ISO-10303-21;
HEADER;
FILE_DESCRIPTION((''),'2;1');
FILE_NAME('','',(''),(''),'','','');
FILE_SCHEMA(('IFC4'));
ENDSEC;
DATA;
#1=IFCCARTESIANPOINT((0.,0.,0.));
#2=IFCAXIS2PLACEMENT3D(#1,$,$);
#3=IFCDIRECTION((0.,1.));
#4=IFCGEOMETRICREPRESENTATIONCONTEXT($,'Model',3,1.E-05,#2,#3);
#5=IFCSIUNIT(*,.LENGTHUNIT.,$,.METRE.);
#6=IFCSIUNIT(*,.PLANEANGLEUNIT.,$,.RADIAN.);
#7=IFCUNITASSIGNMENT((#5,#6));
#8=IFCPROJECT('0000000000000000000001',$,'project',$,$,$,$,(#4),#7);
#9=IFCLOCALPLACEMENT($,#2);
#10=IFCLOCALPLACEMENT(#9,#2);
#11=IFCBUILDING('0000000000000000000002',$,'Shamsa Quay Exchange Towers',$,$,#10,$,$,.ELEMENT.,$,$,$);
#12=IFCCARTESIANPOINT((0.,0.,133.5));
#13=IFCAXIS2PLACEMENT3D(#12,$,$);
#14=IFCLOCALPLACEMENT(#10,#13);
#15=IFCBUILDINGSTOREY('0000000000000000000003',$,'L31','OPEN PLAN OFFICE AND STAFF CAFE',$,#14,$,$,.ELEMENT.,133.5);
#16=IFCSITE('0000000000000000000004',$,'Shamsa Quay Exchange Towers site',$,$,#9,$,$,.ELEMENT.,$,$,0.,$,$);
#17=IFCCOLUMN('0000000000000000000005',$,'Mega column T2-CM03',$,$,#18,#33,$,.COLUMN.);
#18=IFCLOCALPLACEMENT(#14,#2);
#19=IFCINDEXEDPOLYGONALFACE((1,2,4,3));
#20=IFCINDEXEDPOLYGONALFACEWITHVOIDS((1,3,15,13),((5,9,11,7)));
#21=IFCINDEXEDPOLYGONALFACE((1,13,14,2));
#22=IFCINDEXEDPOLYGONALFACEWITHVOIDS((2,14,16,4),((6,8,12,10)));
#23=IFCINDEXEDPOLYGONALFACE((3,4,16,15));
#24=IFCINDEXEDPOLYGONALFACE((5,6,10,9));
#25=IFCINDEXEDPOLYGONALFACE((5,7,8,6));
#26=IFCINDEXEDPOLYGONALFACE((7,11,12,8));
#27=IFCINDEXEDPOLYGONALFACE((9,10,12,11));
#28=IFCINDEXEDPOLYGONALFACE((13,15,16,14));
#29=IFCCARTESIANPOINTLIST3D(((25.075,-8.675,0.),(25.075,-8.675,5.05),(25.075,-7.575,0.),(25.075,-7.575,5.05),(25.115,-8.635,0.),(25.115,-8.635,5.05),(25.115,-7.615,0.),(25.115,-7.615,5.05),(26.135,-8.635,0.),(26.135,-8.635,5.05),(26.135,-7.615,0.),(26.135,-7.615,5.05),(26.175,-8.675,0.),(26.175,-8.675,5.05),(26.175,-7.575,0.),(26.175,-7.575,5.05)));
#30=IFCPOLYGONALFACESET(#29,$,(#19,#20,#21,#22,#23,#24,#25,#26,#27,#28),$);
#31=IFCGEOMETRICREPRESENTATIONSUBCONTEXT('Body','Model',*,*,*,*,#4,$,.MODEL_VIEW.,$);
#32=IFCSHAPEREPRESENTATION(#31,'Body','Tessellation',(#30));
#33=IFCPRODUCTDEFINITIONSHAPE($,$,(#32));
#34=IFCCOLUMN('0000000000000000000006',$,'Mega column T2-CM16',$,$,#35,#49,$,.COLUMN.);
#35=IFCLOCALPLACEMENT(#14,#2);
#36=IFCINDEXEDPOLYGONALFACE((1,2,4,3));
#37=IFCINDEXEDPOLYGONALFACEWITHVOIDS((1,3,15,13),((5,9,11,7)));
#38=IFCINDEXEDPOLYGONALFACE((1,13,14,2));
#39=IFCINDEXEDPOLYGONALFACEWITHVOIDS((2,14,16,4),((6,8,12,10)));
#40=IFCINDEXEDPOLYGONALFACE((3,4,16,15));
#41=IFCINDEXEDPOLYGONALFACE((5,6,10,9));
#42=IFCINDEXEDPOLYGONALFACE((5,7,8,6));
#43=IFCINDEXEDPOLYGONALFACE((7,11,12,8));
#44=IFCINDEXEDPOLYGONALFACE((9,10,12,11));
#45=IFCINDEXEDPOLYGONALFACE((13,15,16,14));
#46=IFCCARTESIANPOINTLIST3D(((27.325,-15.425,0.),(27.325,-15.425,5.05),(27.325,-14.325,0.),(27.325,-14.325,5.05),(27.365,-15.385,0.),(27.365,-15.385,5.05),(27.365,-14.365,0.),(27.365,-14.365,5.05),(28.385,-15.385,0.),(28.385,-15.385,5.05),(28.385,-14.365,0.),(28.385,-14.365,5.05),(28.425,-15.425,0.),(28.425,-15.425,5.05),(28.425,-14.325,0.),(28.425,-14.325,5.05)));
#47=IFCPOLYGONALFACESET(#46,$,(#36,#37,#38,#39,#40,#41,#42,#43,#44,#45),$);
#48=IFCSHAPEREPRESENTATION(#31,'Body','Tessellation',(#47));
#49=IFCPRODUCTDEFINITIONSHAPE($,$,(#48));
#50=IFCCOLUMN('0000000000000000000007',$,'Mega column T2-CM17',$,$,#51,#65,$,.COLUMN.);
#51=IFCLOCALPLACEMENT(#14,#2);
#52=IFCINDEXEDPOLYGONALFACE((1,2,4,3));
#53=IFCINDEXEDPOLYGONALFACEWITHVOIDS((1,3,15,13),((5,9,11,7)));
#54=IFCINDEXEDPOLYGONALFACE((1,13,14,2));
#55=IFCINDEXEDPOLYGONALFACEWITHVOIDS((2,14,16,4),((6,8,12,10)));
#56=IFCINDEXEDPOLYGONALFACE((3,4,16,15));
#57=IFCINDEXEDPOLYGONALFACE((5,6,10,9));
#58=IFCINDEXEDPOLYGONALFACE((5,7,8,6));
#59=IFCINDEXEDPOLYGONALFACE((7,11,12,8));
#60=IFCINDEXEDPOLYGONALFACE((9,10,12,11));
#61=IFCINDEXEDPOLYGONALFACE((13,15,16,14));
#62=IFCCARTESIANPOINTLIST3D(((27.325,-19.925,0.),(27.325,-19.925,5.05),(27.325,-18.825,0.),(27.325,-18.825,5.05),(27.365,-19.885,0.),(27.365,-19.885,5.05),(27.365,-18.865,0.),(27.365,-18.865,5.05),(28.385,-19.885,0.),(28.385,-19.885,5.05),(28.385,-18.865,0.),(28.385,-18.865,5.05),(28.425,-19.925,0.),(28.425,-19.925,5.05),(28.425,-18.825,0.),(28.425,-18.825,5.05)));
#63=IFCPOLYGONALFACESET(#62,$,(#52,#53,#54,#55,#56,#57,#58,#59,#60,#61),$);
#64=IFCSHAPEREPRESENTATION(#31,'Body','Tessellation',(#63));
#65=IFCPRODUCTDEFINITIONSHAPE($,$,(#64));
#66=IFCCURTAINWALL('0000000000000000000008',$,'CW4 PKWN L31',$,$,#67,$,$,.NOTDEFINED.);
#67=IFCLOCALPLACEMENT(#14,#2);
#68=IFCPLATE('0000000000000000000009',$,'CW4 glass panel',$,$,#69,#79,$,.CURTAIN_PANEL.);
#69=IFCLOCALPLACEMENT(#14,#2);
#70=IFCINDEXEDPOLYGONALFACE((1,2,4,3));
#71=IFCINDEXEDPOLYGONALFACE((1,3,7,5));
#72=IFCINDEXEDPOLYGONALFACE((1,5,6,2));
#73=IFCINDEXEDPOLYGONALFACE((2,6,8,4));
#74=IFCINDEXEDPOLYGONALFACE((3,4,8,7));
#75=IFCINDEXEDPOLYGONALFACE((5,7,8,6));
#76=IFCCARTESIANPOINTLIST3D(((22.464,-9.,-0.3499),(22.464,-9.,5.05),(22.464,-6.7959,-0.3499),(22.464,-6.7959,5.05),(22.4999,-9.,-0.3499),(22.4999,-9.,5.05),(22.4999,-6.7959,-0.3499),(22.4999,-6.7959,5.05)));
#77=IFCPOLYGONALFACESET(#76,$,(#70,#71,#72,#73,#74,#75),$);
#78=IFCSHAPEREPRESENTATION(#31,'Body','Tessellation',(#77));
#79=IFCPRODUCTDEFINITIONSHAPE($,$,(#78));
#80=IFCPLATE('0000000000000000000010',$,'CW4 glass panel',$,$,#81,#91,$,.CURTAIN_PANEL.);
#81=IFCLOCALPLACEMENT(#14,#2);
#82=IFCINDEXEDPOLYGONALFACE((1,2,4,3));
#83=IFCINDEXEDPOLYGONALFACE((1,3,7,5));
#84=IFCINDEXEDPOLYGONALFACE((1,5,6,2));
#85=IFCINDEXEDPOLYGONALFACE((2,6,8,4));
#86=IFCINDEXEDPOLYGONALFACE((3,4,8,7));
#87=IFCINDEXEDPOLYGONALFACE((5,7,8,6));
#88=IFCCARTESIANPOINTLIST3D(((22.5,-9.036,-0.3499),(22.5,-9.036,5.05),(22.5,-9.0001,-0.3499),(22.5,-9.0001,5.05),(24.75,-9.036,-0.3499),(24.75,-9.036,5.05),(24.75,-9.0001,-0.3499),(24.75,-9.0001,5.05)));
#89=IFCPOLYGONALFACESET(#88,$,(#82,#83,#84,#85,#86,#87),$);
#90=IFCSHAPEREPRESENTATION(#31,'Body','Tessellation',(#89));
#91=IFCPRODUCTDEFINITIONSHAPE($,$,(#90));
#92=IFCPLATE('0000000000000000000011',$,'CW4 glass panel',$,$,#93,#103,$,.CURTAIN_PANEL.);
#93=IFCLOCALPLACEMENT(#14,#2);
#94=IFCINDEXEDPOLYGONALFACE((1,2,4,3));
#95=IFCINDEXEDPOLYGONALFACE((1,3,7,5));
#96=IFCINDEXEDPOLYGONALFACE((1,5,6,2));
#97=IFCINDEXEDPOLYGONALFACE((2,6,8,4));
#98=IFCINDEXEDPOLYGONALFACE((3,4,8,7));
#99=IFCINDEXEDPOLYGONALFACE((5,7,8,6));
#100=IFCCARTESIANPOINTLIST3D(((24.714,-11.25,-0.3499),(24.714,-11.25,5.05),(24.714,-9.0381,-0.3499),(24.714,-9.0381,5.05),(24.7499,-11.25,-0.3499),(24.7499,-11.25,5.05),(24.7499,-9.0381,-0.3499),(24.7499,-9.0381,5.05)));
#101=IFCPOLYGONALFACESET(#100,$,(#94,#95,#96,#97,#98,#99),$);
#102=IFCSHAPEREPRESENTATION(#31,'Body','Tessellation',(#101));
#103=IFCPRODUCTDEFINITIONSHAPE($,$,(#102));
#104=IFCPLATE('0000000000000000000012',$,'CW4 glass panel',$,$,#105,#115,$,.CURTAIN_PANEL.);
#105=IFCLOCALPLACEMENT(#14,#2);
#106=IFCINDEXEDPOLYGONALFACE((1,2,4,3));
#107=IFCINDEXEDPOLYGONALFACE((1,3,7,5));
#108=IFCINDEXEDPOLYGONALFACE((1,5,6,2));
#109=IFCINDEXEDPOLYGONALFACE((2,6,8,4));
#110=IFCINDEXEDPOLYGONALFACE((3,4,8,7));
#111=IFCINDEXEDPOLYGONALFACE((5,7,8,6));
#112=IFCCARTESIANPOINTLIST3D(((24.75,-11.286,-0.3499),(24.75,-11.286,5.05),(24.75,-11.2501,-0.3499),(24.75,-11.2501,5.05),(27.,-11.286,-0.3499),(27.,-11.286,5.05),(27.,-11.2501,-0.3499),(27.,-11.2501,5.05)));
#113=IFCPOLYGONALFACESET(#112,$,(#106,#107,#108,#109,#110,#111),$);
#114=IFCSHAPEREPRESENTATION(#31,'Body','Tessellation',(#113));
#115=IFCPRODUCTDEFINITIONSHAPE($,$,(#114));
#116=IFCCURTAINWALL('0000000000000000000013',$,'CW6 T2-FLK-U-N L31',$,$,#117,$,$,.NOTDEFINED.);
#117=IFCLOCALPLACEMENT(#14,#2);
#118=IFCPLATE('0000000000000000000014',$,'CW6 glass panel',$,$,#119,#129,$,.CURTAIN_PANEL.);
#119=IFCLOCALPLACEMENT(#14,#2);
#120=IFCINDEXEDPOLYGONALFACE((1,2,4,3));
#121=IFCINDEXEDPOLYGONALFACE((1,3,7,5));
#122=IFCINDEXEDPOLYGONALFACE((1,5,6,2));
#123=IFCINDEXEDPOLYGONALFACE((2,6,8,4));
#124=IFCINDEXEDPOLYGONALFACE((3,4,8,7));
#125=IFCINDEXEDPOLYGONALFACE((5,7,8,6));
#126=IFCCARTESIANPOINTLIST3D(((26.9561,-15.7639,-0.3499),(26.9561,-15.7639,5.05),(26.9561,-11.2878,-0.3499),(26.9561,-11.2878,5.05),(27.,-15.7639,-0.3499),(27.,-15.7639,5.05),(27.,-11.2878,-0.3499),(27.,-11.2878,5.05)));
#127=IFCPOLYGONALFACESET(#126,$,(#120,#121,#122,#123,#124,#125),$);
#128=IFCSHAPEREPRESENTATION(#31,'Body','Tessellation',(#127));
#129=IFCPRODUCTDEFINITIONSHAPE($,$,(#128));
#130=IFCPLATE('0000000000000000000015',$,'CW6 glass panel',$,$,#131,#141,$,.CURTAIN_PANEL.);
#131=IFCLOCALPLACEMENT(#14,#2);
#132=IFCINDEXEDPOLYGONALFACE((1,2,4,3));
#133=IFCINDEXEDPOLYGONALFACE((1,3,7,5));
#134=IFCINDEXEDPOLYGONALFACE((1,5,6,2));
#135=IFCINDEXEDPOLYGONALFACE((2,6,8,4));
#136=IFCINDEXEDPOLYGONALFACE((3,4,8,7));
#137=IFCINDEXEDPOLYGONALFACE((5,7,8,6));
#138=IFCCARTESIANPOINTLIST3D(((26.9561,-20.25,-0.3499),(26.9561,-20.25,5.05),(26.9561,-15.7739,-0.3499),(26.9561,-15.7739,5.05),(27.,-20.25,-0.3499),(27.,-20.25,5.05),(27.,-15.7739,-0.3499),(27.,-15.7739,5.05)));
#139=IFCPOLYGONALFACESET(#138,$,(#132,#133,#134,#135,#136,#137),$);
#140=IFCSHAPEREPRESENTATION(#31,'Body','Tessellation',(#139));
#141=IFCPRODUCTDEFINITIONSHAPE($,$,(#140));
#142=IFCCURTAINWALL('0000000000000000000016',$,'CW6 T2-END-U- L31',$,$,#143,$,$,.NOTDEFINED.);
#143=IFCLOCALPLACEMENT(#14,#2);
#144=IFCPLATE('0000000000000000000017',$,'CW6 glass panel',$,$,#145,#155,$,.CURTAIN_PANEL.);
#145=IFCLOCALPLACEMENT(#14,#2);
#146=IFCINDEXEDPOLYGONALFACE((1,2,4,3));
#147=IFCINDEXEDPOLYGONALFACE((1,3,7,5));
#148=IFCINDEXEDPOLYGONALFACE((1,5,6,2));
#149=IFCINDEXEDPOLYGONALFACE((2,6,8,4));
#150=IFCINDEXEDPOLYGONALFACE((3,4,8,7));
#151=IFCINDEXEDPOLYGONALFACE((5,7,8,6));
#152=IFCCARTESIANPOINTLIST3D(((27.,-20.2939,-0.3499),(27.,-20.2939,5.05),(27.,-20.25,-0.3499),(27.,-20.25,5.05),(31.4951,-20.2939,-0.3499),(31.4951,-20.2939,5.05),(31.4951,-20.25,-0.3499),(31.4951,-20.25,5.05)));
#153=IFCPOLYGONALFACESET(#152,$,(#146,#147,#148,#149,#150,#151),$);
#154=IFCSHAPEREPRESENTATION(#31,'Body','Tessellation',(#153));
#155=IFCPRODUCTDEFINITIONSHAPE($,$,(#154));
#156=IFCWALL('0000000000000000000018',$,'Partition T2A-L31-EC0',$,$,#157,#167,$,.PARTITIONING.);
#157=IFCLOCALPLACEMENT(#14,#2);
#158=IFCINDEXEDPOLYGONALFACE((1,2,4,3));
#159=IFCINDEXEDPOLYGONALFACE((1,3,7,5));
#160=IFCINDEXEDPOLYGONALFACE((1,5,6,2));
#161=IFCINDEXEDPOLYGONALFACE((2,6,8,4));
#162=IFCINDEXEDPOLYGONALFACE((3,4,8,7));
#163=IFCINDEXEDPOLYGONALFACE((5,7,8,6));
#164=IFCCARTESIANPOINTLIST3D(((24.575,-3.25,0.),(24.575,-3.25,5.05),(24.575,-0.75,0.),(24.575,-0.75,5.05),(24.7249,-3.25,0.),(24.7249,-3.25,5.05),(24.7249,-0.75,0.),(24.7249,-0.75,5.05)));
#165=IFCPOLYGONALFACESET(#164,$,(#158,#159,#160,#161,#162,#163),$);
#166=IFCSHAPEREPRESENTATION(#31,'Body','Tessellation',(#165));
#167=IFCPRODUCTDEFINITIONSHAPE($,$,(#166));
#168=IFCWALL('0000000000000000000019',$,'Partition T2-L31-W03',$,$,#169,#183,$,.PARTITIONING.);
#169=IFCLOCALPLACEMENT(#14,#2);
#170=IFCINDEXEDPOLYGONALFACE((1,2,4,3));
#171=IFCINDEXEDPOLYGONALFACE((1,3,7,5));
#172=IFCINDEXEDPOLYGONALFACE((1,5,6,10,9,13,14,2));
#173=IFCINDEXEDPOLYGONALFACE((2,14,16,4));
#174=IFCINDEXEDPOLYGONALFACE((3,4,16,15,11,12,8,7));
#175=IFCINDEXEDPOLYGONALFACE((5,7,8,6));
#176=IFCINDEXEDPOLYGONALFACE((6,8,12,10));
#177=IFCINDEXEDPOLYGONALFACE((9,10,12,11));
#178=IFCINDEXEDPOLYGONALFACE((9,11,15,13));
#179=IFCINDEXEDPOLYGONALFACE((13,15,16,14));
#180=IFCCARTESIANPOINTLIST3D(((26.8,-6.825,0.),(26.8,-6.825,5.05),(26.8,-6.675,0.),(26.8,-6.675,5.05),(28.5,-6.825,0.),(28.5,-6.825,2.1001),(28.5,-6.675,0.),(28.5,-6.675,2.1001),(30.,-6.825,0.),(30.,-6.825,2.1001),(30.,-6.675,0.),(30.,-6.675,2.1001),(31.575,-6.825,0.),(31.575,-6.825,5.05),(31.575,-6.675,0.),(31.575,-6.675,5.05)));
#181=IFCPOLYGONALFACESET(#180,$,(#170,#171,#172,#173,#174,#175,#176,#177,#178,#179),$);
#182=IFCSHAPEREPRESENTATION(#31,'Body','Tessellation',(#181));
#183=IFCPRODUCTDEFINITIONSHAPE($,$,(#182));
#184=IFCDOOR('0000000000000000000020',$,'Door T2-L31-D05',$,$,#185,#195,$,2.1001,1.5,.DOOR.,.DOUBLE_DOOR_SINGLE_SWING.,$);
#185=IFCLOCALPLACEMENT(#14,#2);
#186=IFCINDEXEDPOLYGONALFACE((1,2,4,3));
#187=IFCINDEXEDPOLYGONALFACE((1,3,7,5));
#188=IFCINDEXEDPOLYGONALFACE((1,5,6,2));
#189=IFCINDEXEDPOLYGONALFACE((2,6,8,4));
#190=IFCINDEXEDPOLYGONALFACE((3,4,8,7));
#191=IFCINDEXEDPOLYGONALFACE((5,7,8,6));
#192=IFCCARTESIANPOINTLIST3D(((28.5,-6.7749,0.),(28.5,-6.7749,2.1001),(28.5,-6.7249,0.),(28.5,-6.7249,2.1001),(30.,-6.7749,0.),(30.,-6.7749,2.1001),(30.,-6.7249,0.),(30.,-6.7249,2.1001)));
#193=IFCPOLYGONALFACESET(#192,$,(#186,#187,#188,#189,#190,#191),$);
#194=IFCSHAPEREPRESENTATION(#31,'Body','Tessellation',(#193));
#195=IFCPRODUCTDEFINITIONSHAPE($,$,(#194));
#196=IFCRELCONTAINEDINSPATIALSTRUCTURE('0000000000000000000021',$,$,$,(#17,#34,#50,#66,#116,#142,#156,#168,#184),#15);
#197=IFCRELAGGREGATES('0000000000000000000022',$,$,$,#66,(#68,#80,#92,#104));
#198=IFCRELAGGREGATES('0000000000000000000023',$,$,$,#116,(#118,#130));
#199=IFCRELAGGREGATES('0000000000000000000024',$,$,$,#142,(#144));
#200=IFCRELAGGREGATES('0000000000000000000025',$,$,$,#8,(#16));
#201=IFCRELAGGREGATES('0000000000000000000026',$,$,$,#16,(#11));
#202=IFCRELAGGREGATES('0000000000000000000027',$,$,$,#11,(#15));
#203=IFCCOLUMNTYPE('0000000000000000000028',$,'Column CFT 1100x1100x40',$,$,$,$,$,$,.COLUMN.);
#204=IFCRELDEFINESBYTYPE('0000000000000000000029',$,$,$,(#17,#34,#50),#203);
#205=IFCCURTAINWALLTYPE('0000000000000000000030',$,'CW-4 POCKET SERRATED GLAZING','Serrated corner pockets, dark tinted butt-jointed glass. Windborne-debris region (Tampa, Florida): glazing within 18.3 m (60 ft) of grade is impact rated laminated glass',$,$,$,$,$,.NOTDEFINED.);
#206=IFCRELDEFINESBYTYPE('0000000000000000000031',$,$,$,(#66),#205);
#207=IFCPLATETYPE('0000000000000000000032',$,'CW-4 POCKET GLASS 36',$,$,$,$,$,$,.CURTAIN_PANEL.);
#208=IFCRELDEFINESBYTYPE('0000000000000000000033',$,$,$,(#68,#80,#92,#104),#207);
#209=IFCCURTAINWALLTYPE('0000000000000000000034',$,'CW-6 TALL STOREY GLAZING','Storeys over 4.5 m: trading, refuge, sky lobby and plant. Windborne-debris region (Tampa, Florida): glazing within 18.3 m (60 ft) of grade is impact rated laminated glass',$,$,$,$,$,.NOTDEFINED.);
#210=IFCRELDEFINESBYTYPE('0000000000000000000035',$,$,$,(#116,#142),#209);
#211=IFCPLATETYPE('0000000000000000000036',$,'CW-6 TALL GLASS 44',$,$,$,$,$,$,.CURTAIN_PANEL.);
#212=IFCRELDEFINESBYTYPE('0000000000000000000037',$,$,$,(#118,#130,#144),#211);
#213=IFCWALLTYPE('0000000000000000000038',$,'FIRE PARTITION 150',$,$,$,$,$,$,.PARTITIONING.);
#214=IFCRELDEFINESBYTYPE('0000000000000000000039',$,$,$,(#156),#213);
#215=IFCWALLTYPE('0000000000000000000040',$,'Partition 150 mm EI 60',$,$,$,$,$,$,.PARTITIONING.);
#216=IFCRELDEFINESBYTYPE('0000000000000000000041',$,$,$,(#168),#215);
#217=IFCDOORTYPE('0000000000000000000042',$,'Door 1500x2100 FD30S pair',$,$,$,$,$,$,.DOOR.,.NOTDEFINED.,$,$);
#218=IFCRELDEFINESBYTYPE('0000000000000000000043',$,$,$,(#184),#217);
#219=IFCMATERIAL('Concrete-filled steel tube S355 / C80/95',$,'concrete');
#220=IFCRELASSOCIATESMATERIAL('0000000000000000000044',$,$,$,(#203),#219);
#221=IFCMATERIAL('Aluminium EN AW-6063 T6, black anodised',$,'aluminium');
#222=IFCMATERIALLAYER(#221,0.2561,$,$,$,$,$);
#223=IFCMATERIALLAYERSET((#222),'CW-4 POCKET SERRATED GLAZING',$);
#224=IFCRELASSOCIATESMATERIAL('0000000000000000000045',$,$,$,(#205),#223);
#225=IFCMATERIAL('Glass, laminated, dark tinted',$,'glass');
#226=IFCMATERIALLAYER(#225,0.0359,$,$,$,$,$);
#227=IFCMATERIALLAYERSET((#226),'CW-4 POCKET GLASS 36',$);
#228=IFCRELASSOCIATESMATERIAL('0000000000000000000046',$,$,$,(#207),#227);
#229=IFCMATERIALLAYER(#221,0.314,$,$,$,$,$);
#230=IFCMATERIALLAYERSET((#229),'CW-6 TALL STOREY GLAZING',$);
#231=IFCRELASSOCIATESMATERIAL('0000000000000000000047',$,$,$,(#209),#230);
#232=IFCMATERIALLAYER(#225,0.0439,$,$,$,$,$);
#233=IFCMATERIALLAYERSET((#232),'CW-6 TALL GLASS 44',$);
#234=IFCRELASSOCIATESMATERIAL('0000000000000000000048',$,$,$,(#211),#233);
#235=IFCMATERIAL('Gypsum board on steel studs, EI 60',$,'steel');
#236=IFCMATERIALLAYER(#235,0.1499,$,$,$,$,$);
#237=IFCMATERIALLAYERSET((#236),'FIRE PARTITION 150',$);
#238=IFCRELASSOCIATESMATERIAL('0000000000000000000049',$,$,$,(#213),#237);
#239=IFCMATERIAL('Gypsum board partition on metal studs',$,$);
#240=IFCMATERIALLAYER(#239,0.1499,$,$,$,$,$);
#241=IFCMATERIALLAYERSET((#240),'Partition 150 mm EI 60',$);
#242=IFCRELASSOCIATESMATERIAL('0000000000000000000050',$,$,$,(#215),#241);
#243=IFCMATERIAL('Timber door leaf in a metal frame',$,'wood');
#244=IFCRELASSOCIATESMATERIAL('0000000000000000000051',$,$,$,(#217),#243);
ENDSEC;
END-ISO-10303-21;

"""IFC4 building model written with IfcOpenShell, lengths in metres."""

from ifc_helpers import new_model, si_unit, direction, frame, frame_2d, origin, origin_2d, place, context, subcontext, project, spatial, rectangle, hollow_rectangle, extrude, material, layer, layer_set, material_profile, profile_set, type_object, element, fill, aggregate, save


model = new_model("IFC4")

# Units and contexts
model_context = context("Model", 3, precision=1e-05, world=origin(), true_north=direction((0.0, 1.0)))
body_context = subcontext(model_context, "Body", "Model", "MODEL_VIEW")
ifc_project = project(units=[si_unit("LENGTHUNIT", "METRE"), si_unit("PLANEANGLEUNIT", "RADIAN")], contexts=[model_context])

# Site, building, storey
site_placement = place(None, origin())
site = spatial("IfcSite", under=ifc_project, at=site_placement, Name="Shamsa Quay Exchange Towers site", CompositionType="ELEMENT", RefElevation=0.0)
building_placement = place(site_placement, origin())
building = spatial("IfcBuilding", under=site, at=building_placement, Name="Shamsa Quay Exchange Towers", CompositionType="ELEMENT")
storey_placement = place(building_placement, frame((0.0, 0.0, 133.5)))
storey = spatial("IfcBuildingStorey", under=building, at=storey_placement, Name="L31", Description="OPEN PLAN OFFICE AND STAFF CAFE", CompositionType="ELEMENT", Elevation=133.5)

# Columns
ifc_material_1 = material(Name="Concrete-filled steel tube S355 / C80/95", Category="concrete")
ifc_material_profile = material_profile(ifc_material_1, hollow_rectangle(XDim=1.1001, YDim=1.1001, WallThickness=0.04, at=origin_2d()), Name="CFT 1100x1100x40")
ifc_profile_set = profile_set([ifc_material_profile], Name="Concrete-filled steel tube S355 / C80/95")
column_type = type_object("IfcColumnType", Name="Column CFT 1100x1100x40", PredefinedType="COLUMN", material=ifc_profile_set)
for number, where, name in (
    (1, (25.625, -8.125, 0.0), "Mega column T2-CM03"),
    (2, (27.875, -14.875, 0.0), "Mega column T2-CM16"),
    (3, (27.875, -19.375, 0.0), "Mega column T2-CM17"),
):
    element("IfcColumn", number, at=place(storey_placement, frame(where)), inside=storey, type_object=column_type, Name=name, PredefinedType="COLUMN", context=body_context, shape_type="SweptSolid", body=[
        extrude(hollow_rectangle(XDim=1.1001, YDim=1.1001, WallThickness=0.04, at=origin_2d()), origin(), (0.0, 0.0, 1.0), 5.05),
    ])

# Curtain walls, plates
ifc_material_2 = material(Name="Aluminium EN AW-6063 T6, black anodised", Category="aluminium")
ifc_layer_1 = layer(ifc_material_2, 0.2561)
ifc_layer_set_1 = layer_set([ifc_layer_1], Name="CW-4 POCKET SERRATED GLAZING")
curtain_wall_type_1 = type_object("IfcCurtainWallType", Name="CW-4 POCKET SERRATED GLAZING", Description="Serrated corner pockets, dark tinted butt-jointed glass. Windborne-debris region (Tampa, Florida): glazing within 18.3 m (60 ft) of grade is impact rated laminated glass", PredefinedType="NOTDEFINED", material=ifc_layer_set_1)
curtain_wall_1_placement = place(storey_placement, origin())
curtain_wall_1 = element("IfcCurtainWall", 4, at=curtain_wall_1_placement, inside=storey, type_object=curtain_wall_type_1, Name="CW4 PKWN L31", PredefinedType="NOTDEFINED")
ifc_material_3 = material(Name="Glass, laminated, dark tinted", Category="glass")
ifc_layer_2 = layer(ifc_material_3, 0.0359)
ifc_layer_set_2 = layer_set([ifc_layer_2], Name="CW-4 POCKET GLASS 36")
plate_type_1 = type_object("IfcPlateType", Name="CW-4 POCKET GLASS 36", PredefinedType="CURTAIN_PANEL", material=ifc_layer_set_2)
plate_1_placement = place(storey_placement, frame((22.4819, -7.8979, -0.3499), z_axis=(0.0, 0.0, 1.0), x_axis=(0.0, -1.0, 0.0)))
plate_1 = element("IfcPlate", 5, at=plate_1_placement, type_object=plate_type_1, Name="CW4 glass panel", PredefinedType="CURTAIN_PANEL", context=body_context, shape_type="SweptSolid", body=[
    extrude(rectangle(XDim=2.2041, YDim=0.0359, at=origin_2d()), origin(), (0.0, 0.0, 1.0), 5.3999),
])
plate_2_placement = place(storey_placement, frame((23.625, -9.0181, -0.3499)))
plate_2 = element("IfcPlate", 6, at=plate_2_placement, type_object=plate_type_1, Name="CW4 glass panel", PredefinedType="CURTAIN_PANEL", context=body_context, shape_type="SweptSolid", body=[
    extrude(rectangle(XDim=2.25, YDim=0.0359, at=origin_2d()), origin(), (0.0, 0.0, 1.0), 5.3999),
])
plate_3_placement = place(storey_placement, frame((24.7319, -10.144, -0.3499), z_axis=(0.0, 0.0, 1.0), x_axis=(0.0, -1.0, 0.0)))
plate_3 = element("IfcPlate", 7, at=plate_3_placement, type_object=plate_type_1, Name="CW4 glass panel", PredefinedType="CURTAIN_PANEL", context=body_context, shape_type="SweptSolid", body=[
    extrude(rectangle(XDim=2.2119, YDim=0.0359, at=origin_2d()), origin(), (0.0, 0.0, 1.0), 5.3999),
])
plate_4_placement = place(storey_placement, frame((25.875, -11.2681, -0.3499)))
plate_4 = element("IfcPlate", 8, at=plate_4_placement, type_object=plate_type_1, Name="CW4 glass panel", PredefinedType="CURTAIN_PANEL", context=body_context, shape_type="SweptSolid", body=[
    extrude(rectangle(XDim=2.25, YDim=0.0359, at=origin_2d()), origin(), (0.0, 0.0, 1.0), 5.3999),
])
aggregate(curtain_wall_1, [plate_1, plate_2, plate_3, plate_4])
ifc_layer_3 = layer(ifc_material_2, 0.314)
ifc_layer_set_3 = layer_set([ifc_layer_3], Name="CW-6 TALL STOREY GLAZING")
curtain_wall_type_2 = type_object("IfcCurtainWallType", Name="CW-6 TALL STOREY GLAZING", Description="Storeys over 4.5 m: trading, refuge, sky lobby and plant. Windborne-debris region (Tampa, Florida): glazing within 18.3 m (60 ft) of grade is impact rated laminated glass", PredefinedType="NOTDEFINED", material=ifc_layer_set_3)
curtain_wall_2_placement = place(storey_placement, origin())
curtain_wall_2 = element("IfcCurtainWall", 9, at=curtain_wall_2_placement, inside=storey, type_object=curtain_wall_type_2, Name="CW6 T2-FLK-U-N L31", PredefinedType="NOTDEFINED")
ifc_layer_4 = layer(ifc_material_3, 0.0439)
ifc_layer_set_4 = layer_set([ifc_layer_4], Name="CW-6 TALL GLASS 44")
plate_type_2 = type_object("IfcPlateType", Name="CW-6 TALL GLASS 44", PredefinedType="CURTAIN_PANEL", material=ifc_layer_set_4)
plate_5_placement = place(storey_placement, frame((26.978, -13.5259, -0.3499), z_axis=(0.0, 0.0, 1.0), x_axis=(0.0, -1.0, 0.0)))
plate_5 = element("IfcPlate", 10, at=plate_5_placement, type_object=plate_type_2, Name="CW6 glass panel", PredefinedType="CURTAIN_PANEL", context=body_context, shape_type="SweptSolid", body=[
    extrude(rectangle(XDim=4.4761, YDim=0.0439, at=origin_2d()), origin(), (0.0, 0.0, 1.0), 5.3999),
])
plate_6_placement = place(storey_placement, frame((26.978, -18.012, -0.3499), z_axis=(0.0, 0.0, 1.0), x_axis=(0.0, -1.0, 0.0)))
plate_6 = element("IfcPlate", 11, at=plate_6_placement, type_object=plate_type_2, Name="CW6 glass panel", PredefinedType="CURTAIN_PANEL", context=body_context, shape_type="SweptSolid", body=[
    extrude(rectangle(XDim=4.4761, YDim=0.0439, at=origin_2d()), origin(), (0.0, 0.0, 1.0), 5.3999),
])
aggregate(curtain_wall_2, [plate_5, plate_6])

# Curtain wall, plate
curtain_wall_3_placement = place(storey_placement, origin())
curtain_wall_3 = element("IfcCurtainWall", 12, at=curtain_wall_3_placement, inside=storey, type_object=curtain_wall_type_2, Name="CW6 T2-END-U- L31", PredefinedType="NOTDEFINED")
plate_7_placement = place(storey_placement, frame((29.2476, -20.272, -0.3499)))
plate_7 = element("IfcPlate", 13, at=plate_7_placement, type_object=plate_type_2, Name="CW6 glass panel", PredefinedType="CURTAIN_PANEL", context=body_context, shape_type="SweptSolid", body=[
    extrude(rectangle(XDim=4.4951, YDim=0.0439, at=origin_2d()), origin(), (0.0, 0.0, 1.0), 5.3999),
])
aggregate(curtain_wall_3, [plate_7])

# Wall
ifc_material_4 = material(Name="Gypsum board on steel studs, EI 60", Category="steel")
ifc_layer_5 = layer(ifc_material_4, 0.1499)
ifc_layer_set_5 = layer_set([ifc_layer_5], Name="FIRE PARTITION 150")
wall_type_1 = type_object("IfcWallType", Name="FIRE PARTITION 150", PredefinedType="PARTITIONING", material=ifc_layer_set_5)
wall_1_placement = place(storey_placement, frame((24.6499, -3.25, 0.0), z_axis=(0.0, 0.0, 1.0), x_axis=(0.0, 1.0, 0.0)))
element("IfcWall", 14, at=wall_1_placement, inside=storey, type_object=wall_type_1, Name="Partition T2A-L31-EC0", PredefinedType="PARTITIONING", context=body_context, shape_type="SweptSolid", body=[
    extrude(rectangle(XDim=2.5, YDim=0.1499, at=frame_2d((1.25, 0.0))), origin(), (0.0, 0.0, 1.0), 5.05),
])

# Wall, opening, door
ifc_material_5 = material(Name="Gypsum board partition on metal studs")
ifc_layer_6 = layer(ifc_material_5, 0.1499)
ifc_layer_set_6 = layer_set([ifc_layer_6], Name="Partition 150 mm EI 60")
wall_type_2 = type_object("IfcWallType", Name="Partition 150 mm EI 60", PredefinedType="PARTITIONING", material=ifc_layer_set_6)
wall_2_placement = place(storey_placement, frame((31.575, -6.75, 0.0), z_axis=(0.0, 0.0, 1.0), x_axis=(-1.0, 0.0, 0.0)))
wall_2 = element("IfcWall", 15, at=wall_2_placement, inside=storey, type_object=wall_type_2, Name="Partition T2-L31-W03", PredefinedType="PARTITIONING", context=body_context, shape_type="SweptSolid", body=[
    extrude(rectangle(XDim=4.7749, YDim=0.1499, at=frame_2d((2.3875, 0.0))), origin(), (0.0, 0.0, 1.0), 5.05),
])
opening_1_placement = place(wall_2_placement, frame((1.575, 0.0, 0.0)))
opening_1 = element("IfcOpeningElement", 16, at=opening_1_placement, cuts=wall_2, PredefinedType="OPENING", context=body_context, shape_type="SweptSolid", body=[
    extrude(rectangle(XDim=1.5, YDim=2.1001, at=frame_2d((0.75, 1.05))), frame((0.0, 0.085, 0.0), z_axis=(0.0, -1.0, 0.0), x_axis=(1.0, 0.0, 0.0)), (0.0, 0.0, 1.0), 0.1699),
])
ifc_material_6 = material(Name="Timber door leaf in a metal frame", Category="wood")
door_type_1 = type_object("IfcDoorType", Name="Door 1500x2100 FD30S pair", OperationType="NOTDEFINED", PredefinedType="DOOR", material=ifc_material_6)
door_1_placement = place(opening_1_placement, origin())
door_1 = element("IfcDoor", 17, at=door_1_placement, inside=storey, type_object=door_type_1, Name="Door T2-L31-D05", OperationType="DOUBLE_DOOR_SINGLE_SWING", OverallHeight=2.1001, OverallWidth=1.5, PredefinedType="DOOR", context=body_context, shape_type="SweptSolid", body=[
    extrude(rectangle(XDim=1.5, YDim=2.1001, at=frame_2d((0.75, 1.05))), frame((0.0, 0.0249, 0.0), z_axis=(0.0, -1.0, 0.0), x_axis=(1.0, 0.0, 0.0)), (0.0, 0.0, 1.0), 0.05),
])
fill(opening_1, door_1)

save(model, "model.ifc")
